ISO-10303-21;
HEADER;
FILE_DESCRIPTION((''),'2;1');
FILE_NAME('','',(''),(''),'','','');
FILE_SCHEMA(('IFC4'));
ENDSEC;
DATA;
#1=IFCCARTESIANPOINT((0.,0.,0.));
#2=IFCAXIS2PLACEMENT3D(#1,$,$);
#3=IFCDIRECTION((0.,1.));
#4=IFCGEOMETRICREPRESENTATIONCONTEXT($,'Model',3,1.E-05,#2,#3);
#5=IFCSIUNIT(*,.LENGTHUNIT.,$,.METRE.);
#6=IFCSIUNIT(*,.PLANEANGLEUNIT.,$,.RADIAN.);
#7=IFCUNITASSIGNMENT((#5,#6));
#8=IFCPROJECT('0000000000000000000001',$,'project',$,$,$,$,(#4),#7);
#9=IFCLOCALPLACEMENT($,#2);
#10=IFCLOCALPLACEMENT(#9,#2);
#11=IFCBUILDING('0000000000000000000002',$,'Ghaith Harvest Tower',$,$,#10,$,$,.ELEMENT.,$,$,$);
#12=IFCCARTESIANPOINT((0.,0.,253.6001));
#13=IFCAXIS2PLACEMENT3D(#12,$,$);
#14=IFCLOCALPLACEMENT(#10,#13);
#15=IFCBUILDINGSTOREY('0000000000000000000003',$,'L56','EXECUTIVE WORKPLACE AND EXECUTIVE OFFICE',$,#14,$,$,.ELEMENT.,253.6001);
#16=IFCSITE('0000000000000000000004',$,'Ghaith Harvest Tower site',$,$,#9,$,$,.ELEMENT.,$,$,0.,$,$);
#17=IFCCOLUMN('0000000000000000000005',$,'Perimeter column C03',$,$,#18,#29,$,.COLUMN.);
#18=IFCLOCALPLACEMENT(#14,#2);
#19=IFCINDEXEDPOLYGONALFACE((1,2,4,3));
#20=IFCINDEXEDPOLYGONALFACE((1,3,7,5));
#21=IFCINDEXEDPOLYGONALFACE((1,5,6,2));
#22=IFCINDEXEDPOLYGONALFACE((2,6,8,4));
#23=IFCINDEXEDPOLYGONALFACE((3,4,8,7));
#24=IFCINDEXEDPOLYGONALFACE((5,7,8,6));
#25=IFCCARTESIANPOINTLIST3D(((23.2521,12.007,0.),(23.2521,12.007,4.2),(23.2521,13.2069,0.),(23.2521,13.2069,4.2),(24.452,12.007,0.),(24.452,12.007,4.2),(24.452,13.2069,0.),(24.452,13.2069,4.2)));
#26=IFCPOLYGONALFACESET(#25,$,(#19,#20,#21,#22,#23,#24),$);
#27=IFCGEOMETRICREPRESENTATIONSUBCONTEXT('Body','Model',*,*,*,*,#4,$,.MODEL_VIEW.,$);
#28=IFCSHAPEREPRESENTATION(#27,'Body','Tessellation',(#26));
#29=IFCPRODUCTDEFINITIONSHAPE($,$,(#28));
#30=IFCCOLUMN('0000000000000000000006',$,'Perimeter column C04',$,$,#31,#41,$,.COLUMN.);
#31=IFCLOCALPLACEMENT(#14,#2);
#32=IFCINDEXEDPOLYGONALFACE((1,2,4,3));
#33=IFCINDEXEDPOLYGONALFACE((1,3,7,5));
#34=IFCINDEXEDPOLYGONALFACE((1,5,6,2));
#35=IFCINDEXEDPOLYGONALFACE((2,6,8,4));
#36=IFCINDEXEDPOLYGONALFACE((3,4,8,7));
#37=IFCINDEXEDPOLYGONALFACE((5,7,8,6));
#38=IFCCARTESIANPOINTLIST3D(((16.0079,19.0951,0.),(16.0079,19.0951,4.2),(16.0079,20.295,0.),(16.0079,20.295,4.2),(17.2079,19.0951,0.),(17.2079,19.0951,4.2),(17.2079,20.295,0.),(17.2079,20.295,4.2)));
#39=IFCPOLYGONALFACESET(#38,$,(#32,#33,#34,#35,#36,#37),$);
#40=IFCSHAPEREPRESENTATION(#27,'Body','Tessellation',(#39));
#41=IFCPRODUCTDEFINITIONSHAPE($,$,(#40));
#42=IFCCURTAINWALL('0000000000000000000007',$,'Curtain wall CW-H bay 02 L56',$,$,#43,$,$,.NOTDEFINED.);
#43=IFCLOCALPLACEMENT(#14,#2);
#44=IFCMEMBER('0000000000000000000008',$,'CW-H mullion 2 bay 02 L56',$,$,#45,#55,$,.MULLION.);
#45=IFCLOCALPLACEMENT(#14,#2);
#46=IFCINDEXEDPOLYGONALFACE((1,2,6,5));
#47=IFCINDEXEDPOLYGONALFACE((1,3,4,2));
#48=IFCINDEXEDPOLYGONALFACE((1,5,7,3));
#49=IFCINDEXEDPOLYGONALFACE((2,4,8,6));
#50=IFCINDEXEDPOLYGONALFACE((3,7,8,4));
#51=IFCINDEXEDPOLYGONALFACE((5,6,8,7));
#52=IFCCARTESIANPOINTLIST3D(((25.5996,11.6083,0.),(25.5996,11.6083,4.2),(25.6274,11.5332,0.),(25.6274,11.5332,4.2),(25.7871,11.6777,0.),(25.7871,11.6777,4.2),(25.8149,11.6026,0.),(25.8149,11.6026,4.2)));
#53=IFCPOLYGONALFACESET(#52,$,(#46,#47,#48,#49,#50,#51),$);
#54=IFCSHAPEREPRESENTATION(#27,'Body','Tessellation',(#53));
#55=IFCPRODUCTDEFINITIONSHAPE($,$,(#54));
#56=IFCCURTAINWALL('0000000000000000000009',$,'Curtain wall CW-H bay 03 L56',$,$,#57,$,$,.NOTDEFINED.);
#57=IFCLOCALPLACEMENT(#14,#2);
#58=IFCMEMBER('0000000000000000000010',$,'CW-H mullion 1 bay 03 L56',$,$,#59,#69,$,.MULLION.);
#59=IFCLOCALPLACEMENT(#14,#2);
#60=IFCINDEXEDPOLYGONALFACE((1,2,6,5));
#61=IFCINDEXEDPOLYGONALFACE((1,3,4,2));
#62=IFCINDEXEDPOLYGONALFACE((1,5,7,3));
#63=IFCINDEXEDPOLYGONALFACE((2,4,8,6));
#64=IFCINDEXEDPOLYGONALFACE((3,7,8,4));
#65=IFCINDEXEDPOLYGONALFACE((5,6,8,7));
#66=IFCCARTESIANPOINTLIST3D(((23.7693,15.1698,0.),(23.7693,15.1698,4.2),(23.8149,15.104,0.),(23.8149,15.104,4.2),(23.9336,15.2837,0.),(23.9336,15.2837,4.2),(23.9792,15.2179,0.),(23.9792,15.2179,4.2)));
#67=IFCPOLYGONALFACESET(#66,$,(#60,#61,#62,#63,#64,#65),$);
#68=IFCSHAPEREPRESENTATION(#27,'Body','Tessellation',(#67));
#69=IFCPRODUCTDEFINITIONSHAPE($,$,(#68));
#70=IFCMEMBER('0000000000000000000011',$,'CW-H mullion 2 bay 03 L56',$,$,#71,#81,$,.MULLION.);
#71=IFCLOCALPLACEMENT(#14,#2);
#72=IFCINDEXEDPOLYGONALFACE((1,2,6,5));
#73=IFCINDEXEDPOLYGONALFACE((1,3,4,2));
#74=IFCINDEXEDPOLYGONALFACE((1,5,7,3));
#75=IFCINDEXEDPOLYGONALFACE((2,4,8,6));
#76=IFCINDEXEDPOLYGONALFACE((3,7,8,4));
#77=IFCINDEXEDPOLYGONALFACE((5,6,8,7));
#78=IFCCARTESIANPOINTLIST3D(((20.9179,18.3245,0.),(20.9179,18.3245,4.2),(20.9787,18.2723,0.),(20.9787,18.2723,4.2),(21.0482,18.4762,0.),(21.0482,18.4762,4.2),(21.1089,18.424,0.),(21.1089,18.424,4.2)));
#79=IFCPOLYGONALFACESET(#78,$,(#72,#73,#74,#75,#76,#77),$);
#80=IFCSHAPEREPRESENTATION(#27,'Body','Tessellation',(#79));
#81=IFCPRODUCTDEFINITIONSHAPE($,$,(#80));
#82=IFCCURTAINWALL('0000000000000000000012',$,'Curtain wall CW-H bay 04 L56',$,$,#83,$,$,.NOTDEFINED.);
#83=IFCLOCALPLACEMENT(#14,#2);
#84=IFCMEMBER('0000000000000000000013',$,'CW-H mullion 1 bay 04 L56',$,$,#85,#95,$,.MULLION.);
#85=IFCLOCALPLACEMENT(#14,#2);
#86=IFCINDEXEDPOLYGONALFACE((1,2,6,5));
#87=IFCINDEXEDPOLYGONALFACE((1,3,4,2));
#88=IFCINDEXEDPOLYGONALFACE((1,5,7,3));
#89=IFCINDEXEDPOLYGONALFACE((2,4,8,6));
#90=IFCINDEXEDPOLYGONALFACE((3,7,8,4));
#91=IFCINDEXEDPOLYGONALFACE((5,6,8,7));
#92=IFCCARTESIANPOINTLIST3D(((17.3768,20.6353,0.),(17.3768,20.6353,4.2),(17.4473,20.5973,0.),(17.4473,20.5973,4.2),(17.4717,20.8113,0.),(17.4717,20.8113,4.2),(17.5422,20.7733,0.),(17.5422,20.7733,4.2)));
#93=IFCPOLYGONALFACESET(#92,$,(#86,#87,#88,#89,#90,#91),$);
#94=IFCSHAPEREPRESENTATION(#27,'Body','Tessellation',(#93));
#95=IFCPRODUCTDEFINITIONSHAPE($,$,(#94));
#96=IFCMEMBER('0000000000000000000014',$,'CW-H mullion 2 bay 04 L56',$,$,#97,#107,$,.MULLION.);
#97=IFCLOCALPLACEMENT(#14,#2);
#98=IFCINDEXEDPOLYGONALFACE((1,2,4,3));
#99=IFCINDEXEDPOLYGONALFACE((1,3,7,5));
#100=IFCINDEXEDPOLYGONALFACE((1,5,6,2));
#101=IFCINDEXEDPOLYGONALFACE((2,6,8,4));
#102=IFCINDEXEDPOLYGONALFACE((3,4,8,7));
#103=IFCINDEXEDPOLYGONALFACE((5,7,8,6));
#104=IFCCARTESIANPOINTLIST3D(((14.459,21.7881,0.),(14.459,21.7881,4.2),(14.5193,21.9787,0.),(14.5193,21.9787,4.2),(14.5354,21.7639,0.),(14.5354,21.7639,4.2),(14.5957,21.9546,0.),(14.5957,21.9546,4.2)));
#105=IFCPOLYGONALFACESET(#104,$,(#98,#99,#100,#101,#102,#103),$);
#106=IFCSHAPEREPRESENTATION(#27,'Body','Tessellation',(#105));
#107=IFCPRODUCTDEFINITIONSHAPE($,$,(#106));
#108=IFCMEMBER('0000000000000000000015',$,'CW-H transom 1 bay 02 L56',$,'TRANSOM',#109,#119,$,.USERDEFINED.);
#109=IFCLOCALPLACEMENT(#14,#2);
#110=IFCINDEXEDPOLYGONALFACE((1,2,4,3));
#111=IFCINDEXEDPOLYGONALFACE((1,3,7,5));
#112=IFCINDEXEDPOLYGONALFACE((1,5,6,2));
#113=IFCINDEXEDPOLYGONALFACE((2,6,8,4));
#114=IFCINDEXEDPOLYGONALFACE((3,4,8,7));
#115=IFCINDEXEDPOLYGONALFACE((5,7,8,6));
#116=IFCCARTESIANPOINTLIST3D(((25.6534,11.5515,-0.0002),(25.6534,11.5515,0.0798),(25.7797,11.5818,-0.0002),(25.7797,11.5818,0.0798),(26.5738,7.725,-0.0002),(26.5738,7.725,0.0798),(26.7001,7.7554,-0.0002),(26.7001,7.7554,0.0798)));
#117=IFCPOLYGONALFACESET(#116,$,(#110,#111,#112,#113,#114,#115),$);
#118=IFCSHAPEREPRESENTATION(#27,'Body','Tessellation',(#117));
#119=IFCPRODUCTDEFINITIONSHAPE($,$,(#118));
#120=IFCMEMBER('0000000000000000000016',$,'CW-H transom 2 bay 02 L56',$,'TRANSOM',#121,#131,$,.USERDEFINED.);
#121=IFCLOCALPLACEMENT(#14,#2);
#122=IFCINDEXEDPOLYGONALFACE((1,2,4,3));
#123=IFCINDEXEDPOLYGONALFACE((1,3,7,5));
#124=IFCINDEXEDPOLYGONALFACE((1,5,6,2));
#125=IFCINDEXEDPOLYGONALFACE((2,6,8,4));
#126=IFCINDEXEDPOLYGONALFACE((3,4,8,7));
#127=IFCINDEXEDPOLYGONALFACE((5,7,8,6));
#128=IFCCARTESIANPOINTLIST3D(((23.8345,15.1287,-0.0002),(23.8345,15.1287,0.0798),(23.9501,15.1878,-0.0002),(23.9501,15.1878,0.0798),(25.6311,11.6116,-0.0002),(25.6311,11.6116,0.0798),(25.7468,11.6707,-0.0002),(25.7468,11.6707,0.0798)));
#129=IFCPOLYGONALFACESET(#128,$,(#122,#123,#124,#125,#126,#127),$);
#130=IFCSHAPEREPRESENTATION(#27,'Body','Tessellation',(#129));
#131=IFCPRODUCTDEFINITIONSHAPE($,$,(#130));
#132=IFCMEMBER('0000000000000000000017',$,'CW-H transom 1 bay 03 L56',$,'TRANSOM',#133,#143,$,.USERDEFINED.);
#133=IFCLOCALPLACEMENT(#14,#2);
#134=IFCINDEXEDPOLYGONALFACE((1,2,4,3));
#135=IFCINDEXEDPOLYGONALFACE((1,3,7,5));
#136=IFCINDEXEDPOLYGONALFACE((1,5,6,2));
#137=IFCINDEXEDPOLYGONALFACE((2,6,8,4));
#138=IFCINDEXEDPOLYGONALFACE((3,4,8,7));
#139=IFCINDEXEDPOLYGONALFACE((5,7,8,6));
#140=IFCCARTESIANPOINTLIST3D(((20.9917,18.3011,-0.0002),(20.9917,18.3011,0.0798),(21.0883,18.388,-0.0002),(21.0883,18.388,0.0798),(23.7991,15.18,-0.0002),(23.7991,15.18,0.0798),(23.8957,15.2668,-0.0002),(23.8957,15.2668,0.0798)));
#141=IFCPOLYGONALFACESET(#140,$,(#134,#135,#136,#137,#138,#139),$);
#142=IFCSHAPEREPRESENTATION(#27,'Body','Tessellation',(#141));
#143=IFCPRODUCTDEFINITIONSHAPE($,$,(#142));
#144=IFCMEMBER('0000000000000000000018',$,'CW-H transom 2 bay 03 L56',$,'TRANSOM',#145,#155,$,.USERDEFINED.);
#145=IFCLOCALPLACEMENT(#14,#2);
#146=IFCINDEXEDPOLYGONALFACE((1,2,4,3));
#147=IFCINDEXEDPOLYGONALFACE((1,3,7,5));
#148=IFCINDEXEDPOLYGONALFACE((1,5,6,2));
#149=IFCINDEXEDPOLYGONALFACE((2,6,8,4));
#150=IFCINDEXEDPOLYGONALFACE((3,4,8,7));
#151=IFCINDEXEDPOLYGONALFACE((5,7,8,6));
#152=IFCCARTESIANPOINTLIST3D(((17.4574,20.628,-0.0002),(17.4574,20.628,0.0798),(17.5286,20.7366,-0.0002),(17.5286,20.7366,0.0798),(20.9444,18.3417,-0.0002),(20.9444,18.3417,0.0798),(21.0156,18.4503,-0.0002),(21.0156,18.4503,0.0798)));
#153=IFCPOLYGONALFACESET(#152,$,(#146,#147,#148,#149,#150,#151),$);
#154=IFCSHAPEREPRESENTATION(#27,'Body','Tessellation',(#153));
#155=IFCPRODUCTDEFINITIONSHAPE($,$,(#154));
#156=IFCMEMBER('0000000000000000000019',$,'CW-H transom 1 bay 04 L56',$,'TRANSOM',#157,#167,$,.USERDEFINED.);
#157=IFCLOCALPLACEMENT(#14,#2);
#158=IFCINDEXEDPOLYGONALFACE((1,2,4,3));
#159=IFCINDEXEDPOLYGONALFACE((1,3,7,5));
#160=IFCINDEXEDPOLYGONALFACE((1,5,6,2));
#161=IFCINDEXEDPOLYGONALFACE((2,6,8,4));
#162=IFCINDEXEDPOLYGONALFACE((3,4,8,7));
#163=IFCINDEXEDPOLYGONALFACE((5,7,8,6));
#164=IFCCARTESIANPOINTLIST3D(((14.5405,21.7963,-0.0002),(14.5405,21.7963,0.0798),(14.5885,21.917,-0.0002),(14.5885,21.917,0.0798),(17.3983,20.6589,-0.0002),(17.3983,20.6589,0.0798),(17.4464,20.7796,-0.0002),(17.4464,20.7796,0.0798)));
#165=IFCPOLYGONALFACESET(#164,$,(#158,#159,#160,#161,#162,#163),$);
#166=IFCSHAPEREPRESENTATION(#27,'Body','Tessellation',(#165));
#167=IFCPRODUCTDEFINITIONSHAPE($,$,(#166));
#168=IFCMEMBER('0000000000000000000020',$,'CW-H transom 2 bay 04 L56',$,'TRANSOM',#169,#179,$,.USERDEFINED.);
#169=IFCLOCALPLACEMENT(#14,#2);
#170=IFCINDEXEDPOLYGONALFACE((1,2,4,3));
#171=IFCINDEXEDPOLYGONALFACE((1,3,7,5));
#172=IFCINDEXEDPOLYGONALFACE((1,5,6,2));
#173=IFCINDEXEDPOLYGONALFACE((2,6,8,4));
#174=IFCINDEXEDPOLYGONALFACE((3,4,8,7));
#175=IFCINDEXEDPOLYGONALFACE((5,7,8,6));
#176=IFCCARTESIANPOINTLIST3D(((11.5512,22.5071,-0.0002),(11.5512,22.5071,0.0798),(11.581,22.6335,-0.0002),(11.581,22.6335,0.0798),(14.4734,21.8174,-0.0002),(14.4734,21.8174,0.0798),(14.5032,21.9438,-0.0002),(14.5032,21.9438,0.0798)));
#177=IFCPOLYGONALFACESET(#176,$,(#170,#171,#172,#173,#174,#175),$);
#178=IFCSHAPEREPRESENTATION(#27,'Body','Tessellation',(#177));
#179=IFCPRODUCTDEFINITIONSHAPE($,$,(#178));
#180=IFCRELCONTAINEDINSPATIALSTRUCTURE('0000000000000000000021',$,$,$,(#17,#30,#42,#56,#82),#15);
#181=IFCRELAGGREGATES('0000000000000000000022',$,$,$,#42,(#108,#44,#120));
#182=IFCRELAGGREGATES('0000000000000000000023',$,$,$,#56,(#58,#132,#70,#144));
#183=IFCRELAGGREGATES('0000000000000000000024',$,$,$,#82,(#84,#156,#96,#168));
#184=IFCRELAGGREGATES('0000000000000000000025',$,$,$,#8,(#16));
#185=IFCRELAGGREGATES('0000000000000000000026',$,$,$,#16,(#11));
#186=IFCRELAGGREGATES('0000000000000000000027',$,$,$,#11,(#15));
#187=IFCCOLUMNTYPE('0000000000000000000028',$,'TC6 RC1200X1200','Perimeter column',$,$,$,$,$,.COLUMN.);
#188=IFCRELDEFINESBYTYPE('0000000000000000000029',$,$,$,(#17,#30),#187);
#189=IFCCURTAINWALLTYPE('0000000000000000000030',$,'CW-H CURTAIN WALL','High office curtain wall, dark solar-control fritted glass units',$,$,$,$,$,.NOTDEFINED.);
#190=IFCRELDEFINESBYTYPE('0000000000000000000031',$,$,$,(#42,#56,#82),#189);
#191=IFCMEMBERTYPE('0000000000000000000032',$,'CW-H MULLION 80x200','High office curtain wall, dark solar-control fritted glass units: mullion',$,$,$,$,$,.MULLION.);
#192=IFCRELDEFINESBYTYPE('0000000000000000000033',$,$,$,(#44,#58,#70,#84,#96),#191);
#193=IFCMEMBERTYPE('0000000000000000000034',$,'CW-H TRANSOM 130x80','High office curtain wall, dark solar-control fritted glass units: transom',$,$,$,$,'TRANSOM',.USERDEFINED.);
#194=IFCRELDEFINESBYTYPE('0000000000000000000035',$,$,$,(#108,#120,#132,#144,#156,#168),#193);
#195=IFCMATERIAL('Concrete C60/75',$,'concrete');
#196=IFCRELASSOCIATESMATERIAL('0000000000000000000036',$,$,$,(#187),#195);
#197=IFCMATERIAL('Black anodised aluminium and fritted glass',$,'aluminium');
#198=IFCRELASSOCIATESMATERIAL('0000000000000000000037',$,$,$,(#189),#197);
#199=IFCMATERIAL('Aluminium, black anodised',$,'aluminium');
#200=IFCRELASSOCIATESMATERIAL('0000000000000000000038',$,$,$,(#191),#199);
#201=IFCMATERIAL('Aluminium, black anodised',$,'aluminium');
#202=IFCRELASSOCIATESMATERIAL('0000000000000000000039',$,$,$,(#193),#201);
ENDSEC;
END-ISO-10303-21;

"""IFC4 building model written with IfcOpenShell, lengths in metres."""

from ifc_helpers import new_model, si_unit, direction, frame, origin, origin_2d, place, context, subcontext, project, spatial, rectangle, extrude, material, material_profile, profile_set, type_object, element, aggregate, save


model = new_model("IFC4")

# Units and contexts
model_context = context("Model", 3, precision=1e-05, world=origin(), true_north=direction((0.0, 1.0)))
body_context = subcontext(model_context, "Body", "Model", "MODEL_VIEW")
ifc_project = project(units=[si_unit("LENGTHUNIT", "METRE"), si_unit("PLANEANGLEUNIT", "RADIAN")], contexts=[model_context])

# Site, building, storey
site_placement = place(None, origin())
site = spatial("IfcSite", under=ifc_project, at=site_placement, Name="Ghaith Harvest Tower site", CompositionType="ELEMENT", RefElevation=0.0)
building_placement = place(site_placement, origin())
building = spatial("IfcBuilding", under=site, at=building_placement, Name="Ghaith Harvest Tower", CompositionType="ELEMENT")
storey_placement = place(building_placement, frame((0.0, 0.0, 253.6001)))
storey = spatial("IfcBuildingStorey", under=building, at=storey_placement, Name="L56", Description="EXECUTIVE WORKPLACE AND EXECUTIVE OFFICE", CompositionType="ELEMENT", Elevation=253.6001)

# Columns
ifc_material_1 = material(Name="Concrete C60/75", Category="concrete")
ifc_material_profile_1 = material_profile(ifc_material_1, rectangle(XDim=1.2, YDim=1.2, at=origin_2d()), Name="RC1200X1200")
ifc_profile_set_1 = profile_set([ifc_material_profile_1], Name="Concrete C60/75")
column_type = type_object("IfcColumnType", Name="TC6 RC1200X1200", Description="Perimeter column", PredefinedType="COLUMN", material=ifc_profile_set_1)
for number, where, z_axis, x_axis, name in (
    (1, (23.8521, 12.6069, 0.0), (0.0, 0.0, 1.0), (1.0, 0.0, 0.0), "Perimeter column C03"),
    (2, (16.6079, 19.6951, 0.0), (0.0, 0.0, 1.0), (1.0, 0.0, 0.0), "Perimeter column C04"),
):
    element("IfcColumn", number, at=place(storey_placement, frame(where, z_axis=z_axis, x_axis=x_axis)), inside=storey, type_object=column_type, Name=name, PredefinedType="COLUMN", context=body_context, shape_type="SweptSolid", body=[
        extrude(rectangle(XDim=1.2, YDim=1.2, at=origin_2d()), origin(), (0.0, 0.0, 1.0), 4.2),
    ])

# Curtain wall, member
ifc_material_2 = material(Name="Black anodised aluminium and fritted glass", Category="aluminium")
curtain_wall_type = type_object("IfcCurtainWallType", Name="CW-H CURTAIN WALL", Description="High office curtain wall, dark solar-control fritted glass units", PredefinedType="NOTDEFINED", material=ifc_material_2)
curtain_wall_1_placement = place(storey_placement, origin())
curtain_wall_1 = element("IfcCurtainWall", 3, at=curtain_wall_1_placement, inside=storey, type_object=curtain_wall_type, Name="Curtain wall CW-H bay 02 L56", PredefinedType="NOTDEFINED")
ifc_material_3 = material(Name="Aluminium, black anodised", Category="aluminium")
ifc_material_profile_2 = material_profile(ifc_material_3, rectangle(XDim=0.0801, YDim=0.2, at=origin_2d()), Name="CW-H MULLION 80x200")
ifc_profile_set_2 = profile_set([ifc_material_profile_2], Name="Aluminium, black anodised")
member_type_1 = type_object("IfcMemberType", Name="CW-H MULLION 80x200", Description="High office curtain wall, dark solar-control fritted glass units: mullion", PredefinedType="MULLION", material=ifc_profile_set_2)
member_1_placement = place(storey_placement, frame((25.7073, 11.6055, 0.0), z_axis=(0.0, 0.0, 1.0), x_axis=(-0.347012, 0.937861, 0.0)))
member_1 = element("IfcMember", 4, at=member_1_placement, type_object=member_type_1, Name="CW-H mullion 2 bay 02 L56", PredefinedType="MULLION", context=body_context, shape_type="SweptSolid", body=[
    extrude(rectangle(XDim=0.0801, YDim=0.2, at=origin_2d()), origin(), (0.0, 0.0, 1.0), 4.2),
])

# Curtain walls, members
curtain_wall_2_placement = place(storey_placement, origin())
curtain_wall_2 = element("IfcCurtainWall", 5, at=curtain_wall_2_placement, inside=storey, type_object=curtain_wall_type, Name="Curtain wall CW-H bay 03 L56", PredefinedType="NOTDEFINED")
member_2_placement = place(storey_placement, frame((23.8743, 15.1938, 0.0), z_axis=(0.0, 0.0, 1.0), x_axis=(-0.569847, 0.821751, 0.0)))
member_2 = element("IfcMember", 6, at=member_2_placement, type_object=member_type_1, Name="CW-H mullion 1 bay 03 L56", PredefinedType="MULLION", context=body_context, shape_type="SweptSolid", body=[
    extrude(rectangle(XDim=0.0801, YDim=0.2, at=origin_2d()), origin(), (0.0, 0.0, 1.0), 4.2),
])
member_3_placement = place(storey_placement, frame((21.0134, 18.3743, 0.0), z_axis=(0.0, 0.0, 1.0), x_axis=(-0.758541, 0.651625, 0.0)))
member_3 = element("IfcMember", 7, at=member_3_placement, type_object=member_type_1, Name="CW-H mullion 2 bay 03 L56", PredefinedType="MULLION", context=body_context, shape_type="SweptSolid", body=[
    extrude(rectangle(XDim=0.0801, YDim=0.2, at=origin_2d()), origin(), (0.0, 0.0, 1.0), 4.2),
])
curtain_wall_3_placement = place(storey_placement, origin())
curtain_wall_3 = element("IfcCurtainWall", 8, at=curtain_wall_3_placement, inside=storey, type_object=curtain_wall_type, Name="Curtain wall CW-H bay 04 L56", PredefinedType="NOTDEFINED")
member_4_placement = place(storey_placement, frame((17.4595, 20.7043, 0.0), z_axis=(0.0, 0.0, 1.0), x_axis=(-0.880203, 0.474597, 0.0)))
member_4 = element("IfcMember", 9, at=member_4_placement, type_object=member_type_1, Name="CW-H mullion 1 bay 04 L56", PredefinedType="MULLION", context=body_context, shape_type="SweptSolid", body=[
    extrude(rectangle(XDim=0.0801, YDim=0.2, at=origin_2d()), origin(), (0.0, 0.0, 1.0), 4.2),
])
member_5_placement = place(storey_placement, frame((14.5273, 21.8713, 0.0), z_axis=(0.0, 0.0, 1.0), x_axis=(-0.953503, 0.301384, 0.0)))
member_5 = element("IfcMember", 10, at=member_5_placement, type_object=member_type_1, Name="CW-H mullion 2 bay 04 L56", PredefinedType="MULLION", context=body_context, shape_type="SweptSolid", body=[
    extrude(rectangle(XDim=0.0801, YDim=0.2, at=origin_2d()), origin(), (0.0, 0.0, 1.0), 4.2),
])

# Members
ifc_material_4 = material(Name="Aluminium, black anodised", Category="aluminium")
ifc_material_profile_3 = material_profile(ifc_material_4, rectangle(XDim=0.1299, YDim=0.0801, at=origin_2d()), Name="CW-H TRANSOM 130x80")
ifc_profile_set_3 = profile_set([ifc_material_profile_3], Name="Aluminium, black anodised")
member_type_2 = type_object("IfcMemberType", Name="CW-H TRANSOM 130x80", Description="High office curtain wall, dark solar-control fritted glass units: transom", ElementType="TRANSOM", PredefinedType="USERDEFINED", material=ifc_profile_set_3)
member_6_placement = place(storey_placement, frame((26.637, 7.7402, 0.0398), z_axis=(-0.23387, 0.972268, 0.0), x_axis=(-0.972268, -0.23387, 0.0)))
member_6 = element("IfcMember", 11, at=member_6_placement, type_object=member_type_2, Name="CW-H transom 1 bay 02 L56", ObjectType="TRANSOM", PredefinedType="USERDEFINED", context=body_context, shape_type="SweptSolid", body=[
    extrude(rectangle(XDim=0.1299, YDim=0.0801, at=origin_2d()), origin(), (0.0, 0.0, 1.0), 3.9355),
])
member_7_placement = place(storey_placement, frame((25.689, 11.6411, 0.0398), z_axis=(-0.454912, 0.890537, 0.0), x_axis=(-0.890537, -0.454912, 0.0)))
member_7 = element("IfcMember", 12, at=member_7_placement, type_object=member_type_2, Name="CW-H transom 2 bay 02 L56", ObjectType="TRANSOM", PredefinedType="USERDEFINED", context=body_context, shape_type="SweptSolid", body=[
    extrude(rectangle(XDim=0.1299, YDim=0.0801, at=origin_2d()), origin(), (0.0, 0.0, 1.0), 3.9495),
])
member_8_placement = place(storey_placement, frame((23.8474, 15.2234, 0.0398), z_axis=(-0.668753, 0.743485, 0.0), x_axis=(-0.743485, -0.668753, 0.0)))
member_8 = element("IfcMember", 13, at=member_8_placement, type_object=member_type_2, Name="CW-H transom 1 bay 03 L56", ObjectType="TRANSOM", PredefinedType="USERDEFINED", context=body_context, shape_type="SweptSolid", body=[
    extrude(rectangle(XDim=0.1299, YDim=0.0801, at=origin_2d()), origin(), (0.0, 0.0, 1.0), 4.198),
])
member_9_placement = place(storey_placement, frame((20.98, 18.396, 0.0398), z_axis=(-0.836269, 0.54832, 0.0), x_axis=(-0.54832, -0.836269, 0.0)))
member_9 = element("IfcMember", 14, at=member_9_placement, type_object=member_type_2, Name="CW-H transom 2 bay 03 L56", ObjectType="TRANSOM", PredefinedType="USERDEFINED", context=body_context, shape_type="SweptSolid", body=[
    extrude(rectangle(XDim=0.1299, YDim=0.0801, at=origin_2d()), origin(), (0.0, 0.0, 1.0), 4.1697),
])
member_10_placement = place(storey_placement, frame((17.4224, 20.7192, 0.0398), z_axis=(-0.929116, 0.369789, 0.0), x_axis=(-0.369789, -0.929116, 0.0)))
member_10 = element("IfcMember", 15, at=member_10_placement, type_object=member_type_2, Name="CW-H transom 1 bay 04 L56", ObjectType="TRANSOM", PredefinedType="USERDEFINED", context=body_context, shape_type="SweptSolid", body=[
    extrude(rectangle(XDim=0.1299, YDim=0.0801, at=origin_2d()), origin(), (0.0, 0.0, 1.0), 3.0759),
])
member_11_placement = place(storey_placement, frame((14.4883, 21.8806, 0.0398), z_axis=(-0.973258, 0.229715, 0.0), x_axis=(-0.229715, -0.973258, 0.0)))
member_11 = element("IfcMember", 16, at=member_11_placement, type_object=member_type_2, Name="CW-H transom 2 bay 04 L56", ObjectType="TRANSOM", PredefinedType="USERDEFINED", context=body_context, shape_type="SweptSolid", body=[
    extrude(rectangle(XDim=0.1299, YDim=0.0801, at=origin_2d()), origin(), (0.0, 0.0, 1.0), 3.0024),
])

aggregate(curtain_wall_1, [member_6, member_1, member_7])
aggregate(curtain_wall_2, [member_2, member_8, member_3, member_9])
aggregate(curtain_wall_3, [member_4, member_10, member_5, member_11])

save(model, "model.ifc")
